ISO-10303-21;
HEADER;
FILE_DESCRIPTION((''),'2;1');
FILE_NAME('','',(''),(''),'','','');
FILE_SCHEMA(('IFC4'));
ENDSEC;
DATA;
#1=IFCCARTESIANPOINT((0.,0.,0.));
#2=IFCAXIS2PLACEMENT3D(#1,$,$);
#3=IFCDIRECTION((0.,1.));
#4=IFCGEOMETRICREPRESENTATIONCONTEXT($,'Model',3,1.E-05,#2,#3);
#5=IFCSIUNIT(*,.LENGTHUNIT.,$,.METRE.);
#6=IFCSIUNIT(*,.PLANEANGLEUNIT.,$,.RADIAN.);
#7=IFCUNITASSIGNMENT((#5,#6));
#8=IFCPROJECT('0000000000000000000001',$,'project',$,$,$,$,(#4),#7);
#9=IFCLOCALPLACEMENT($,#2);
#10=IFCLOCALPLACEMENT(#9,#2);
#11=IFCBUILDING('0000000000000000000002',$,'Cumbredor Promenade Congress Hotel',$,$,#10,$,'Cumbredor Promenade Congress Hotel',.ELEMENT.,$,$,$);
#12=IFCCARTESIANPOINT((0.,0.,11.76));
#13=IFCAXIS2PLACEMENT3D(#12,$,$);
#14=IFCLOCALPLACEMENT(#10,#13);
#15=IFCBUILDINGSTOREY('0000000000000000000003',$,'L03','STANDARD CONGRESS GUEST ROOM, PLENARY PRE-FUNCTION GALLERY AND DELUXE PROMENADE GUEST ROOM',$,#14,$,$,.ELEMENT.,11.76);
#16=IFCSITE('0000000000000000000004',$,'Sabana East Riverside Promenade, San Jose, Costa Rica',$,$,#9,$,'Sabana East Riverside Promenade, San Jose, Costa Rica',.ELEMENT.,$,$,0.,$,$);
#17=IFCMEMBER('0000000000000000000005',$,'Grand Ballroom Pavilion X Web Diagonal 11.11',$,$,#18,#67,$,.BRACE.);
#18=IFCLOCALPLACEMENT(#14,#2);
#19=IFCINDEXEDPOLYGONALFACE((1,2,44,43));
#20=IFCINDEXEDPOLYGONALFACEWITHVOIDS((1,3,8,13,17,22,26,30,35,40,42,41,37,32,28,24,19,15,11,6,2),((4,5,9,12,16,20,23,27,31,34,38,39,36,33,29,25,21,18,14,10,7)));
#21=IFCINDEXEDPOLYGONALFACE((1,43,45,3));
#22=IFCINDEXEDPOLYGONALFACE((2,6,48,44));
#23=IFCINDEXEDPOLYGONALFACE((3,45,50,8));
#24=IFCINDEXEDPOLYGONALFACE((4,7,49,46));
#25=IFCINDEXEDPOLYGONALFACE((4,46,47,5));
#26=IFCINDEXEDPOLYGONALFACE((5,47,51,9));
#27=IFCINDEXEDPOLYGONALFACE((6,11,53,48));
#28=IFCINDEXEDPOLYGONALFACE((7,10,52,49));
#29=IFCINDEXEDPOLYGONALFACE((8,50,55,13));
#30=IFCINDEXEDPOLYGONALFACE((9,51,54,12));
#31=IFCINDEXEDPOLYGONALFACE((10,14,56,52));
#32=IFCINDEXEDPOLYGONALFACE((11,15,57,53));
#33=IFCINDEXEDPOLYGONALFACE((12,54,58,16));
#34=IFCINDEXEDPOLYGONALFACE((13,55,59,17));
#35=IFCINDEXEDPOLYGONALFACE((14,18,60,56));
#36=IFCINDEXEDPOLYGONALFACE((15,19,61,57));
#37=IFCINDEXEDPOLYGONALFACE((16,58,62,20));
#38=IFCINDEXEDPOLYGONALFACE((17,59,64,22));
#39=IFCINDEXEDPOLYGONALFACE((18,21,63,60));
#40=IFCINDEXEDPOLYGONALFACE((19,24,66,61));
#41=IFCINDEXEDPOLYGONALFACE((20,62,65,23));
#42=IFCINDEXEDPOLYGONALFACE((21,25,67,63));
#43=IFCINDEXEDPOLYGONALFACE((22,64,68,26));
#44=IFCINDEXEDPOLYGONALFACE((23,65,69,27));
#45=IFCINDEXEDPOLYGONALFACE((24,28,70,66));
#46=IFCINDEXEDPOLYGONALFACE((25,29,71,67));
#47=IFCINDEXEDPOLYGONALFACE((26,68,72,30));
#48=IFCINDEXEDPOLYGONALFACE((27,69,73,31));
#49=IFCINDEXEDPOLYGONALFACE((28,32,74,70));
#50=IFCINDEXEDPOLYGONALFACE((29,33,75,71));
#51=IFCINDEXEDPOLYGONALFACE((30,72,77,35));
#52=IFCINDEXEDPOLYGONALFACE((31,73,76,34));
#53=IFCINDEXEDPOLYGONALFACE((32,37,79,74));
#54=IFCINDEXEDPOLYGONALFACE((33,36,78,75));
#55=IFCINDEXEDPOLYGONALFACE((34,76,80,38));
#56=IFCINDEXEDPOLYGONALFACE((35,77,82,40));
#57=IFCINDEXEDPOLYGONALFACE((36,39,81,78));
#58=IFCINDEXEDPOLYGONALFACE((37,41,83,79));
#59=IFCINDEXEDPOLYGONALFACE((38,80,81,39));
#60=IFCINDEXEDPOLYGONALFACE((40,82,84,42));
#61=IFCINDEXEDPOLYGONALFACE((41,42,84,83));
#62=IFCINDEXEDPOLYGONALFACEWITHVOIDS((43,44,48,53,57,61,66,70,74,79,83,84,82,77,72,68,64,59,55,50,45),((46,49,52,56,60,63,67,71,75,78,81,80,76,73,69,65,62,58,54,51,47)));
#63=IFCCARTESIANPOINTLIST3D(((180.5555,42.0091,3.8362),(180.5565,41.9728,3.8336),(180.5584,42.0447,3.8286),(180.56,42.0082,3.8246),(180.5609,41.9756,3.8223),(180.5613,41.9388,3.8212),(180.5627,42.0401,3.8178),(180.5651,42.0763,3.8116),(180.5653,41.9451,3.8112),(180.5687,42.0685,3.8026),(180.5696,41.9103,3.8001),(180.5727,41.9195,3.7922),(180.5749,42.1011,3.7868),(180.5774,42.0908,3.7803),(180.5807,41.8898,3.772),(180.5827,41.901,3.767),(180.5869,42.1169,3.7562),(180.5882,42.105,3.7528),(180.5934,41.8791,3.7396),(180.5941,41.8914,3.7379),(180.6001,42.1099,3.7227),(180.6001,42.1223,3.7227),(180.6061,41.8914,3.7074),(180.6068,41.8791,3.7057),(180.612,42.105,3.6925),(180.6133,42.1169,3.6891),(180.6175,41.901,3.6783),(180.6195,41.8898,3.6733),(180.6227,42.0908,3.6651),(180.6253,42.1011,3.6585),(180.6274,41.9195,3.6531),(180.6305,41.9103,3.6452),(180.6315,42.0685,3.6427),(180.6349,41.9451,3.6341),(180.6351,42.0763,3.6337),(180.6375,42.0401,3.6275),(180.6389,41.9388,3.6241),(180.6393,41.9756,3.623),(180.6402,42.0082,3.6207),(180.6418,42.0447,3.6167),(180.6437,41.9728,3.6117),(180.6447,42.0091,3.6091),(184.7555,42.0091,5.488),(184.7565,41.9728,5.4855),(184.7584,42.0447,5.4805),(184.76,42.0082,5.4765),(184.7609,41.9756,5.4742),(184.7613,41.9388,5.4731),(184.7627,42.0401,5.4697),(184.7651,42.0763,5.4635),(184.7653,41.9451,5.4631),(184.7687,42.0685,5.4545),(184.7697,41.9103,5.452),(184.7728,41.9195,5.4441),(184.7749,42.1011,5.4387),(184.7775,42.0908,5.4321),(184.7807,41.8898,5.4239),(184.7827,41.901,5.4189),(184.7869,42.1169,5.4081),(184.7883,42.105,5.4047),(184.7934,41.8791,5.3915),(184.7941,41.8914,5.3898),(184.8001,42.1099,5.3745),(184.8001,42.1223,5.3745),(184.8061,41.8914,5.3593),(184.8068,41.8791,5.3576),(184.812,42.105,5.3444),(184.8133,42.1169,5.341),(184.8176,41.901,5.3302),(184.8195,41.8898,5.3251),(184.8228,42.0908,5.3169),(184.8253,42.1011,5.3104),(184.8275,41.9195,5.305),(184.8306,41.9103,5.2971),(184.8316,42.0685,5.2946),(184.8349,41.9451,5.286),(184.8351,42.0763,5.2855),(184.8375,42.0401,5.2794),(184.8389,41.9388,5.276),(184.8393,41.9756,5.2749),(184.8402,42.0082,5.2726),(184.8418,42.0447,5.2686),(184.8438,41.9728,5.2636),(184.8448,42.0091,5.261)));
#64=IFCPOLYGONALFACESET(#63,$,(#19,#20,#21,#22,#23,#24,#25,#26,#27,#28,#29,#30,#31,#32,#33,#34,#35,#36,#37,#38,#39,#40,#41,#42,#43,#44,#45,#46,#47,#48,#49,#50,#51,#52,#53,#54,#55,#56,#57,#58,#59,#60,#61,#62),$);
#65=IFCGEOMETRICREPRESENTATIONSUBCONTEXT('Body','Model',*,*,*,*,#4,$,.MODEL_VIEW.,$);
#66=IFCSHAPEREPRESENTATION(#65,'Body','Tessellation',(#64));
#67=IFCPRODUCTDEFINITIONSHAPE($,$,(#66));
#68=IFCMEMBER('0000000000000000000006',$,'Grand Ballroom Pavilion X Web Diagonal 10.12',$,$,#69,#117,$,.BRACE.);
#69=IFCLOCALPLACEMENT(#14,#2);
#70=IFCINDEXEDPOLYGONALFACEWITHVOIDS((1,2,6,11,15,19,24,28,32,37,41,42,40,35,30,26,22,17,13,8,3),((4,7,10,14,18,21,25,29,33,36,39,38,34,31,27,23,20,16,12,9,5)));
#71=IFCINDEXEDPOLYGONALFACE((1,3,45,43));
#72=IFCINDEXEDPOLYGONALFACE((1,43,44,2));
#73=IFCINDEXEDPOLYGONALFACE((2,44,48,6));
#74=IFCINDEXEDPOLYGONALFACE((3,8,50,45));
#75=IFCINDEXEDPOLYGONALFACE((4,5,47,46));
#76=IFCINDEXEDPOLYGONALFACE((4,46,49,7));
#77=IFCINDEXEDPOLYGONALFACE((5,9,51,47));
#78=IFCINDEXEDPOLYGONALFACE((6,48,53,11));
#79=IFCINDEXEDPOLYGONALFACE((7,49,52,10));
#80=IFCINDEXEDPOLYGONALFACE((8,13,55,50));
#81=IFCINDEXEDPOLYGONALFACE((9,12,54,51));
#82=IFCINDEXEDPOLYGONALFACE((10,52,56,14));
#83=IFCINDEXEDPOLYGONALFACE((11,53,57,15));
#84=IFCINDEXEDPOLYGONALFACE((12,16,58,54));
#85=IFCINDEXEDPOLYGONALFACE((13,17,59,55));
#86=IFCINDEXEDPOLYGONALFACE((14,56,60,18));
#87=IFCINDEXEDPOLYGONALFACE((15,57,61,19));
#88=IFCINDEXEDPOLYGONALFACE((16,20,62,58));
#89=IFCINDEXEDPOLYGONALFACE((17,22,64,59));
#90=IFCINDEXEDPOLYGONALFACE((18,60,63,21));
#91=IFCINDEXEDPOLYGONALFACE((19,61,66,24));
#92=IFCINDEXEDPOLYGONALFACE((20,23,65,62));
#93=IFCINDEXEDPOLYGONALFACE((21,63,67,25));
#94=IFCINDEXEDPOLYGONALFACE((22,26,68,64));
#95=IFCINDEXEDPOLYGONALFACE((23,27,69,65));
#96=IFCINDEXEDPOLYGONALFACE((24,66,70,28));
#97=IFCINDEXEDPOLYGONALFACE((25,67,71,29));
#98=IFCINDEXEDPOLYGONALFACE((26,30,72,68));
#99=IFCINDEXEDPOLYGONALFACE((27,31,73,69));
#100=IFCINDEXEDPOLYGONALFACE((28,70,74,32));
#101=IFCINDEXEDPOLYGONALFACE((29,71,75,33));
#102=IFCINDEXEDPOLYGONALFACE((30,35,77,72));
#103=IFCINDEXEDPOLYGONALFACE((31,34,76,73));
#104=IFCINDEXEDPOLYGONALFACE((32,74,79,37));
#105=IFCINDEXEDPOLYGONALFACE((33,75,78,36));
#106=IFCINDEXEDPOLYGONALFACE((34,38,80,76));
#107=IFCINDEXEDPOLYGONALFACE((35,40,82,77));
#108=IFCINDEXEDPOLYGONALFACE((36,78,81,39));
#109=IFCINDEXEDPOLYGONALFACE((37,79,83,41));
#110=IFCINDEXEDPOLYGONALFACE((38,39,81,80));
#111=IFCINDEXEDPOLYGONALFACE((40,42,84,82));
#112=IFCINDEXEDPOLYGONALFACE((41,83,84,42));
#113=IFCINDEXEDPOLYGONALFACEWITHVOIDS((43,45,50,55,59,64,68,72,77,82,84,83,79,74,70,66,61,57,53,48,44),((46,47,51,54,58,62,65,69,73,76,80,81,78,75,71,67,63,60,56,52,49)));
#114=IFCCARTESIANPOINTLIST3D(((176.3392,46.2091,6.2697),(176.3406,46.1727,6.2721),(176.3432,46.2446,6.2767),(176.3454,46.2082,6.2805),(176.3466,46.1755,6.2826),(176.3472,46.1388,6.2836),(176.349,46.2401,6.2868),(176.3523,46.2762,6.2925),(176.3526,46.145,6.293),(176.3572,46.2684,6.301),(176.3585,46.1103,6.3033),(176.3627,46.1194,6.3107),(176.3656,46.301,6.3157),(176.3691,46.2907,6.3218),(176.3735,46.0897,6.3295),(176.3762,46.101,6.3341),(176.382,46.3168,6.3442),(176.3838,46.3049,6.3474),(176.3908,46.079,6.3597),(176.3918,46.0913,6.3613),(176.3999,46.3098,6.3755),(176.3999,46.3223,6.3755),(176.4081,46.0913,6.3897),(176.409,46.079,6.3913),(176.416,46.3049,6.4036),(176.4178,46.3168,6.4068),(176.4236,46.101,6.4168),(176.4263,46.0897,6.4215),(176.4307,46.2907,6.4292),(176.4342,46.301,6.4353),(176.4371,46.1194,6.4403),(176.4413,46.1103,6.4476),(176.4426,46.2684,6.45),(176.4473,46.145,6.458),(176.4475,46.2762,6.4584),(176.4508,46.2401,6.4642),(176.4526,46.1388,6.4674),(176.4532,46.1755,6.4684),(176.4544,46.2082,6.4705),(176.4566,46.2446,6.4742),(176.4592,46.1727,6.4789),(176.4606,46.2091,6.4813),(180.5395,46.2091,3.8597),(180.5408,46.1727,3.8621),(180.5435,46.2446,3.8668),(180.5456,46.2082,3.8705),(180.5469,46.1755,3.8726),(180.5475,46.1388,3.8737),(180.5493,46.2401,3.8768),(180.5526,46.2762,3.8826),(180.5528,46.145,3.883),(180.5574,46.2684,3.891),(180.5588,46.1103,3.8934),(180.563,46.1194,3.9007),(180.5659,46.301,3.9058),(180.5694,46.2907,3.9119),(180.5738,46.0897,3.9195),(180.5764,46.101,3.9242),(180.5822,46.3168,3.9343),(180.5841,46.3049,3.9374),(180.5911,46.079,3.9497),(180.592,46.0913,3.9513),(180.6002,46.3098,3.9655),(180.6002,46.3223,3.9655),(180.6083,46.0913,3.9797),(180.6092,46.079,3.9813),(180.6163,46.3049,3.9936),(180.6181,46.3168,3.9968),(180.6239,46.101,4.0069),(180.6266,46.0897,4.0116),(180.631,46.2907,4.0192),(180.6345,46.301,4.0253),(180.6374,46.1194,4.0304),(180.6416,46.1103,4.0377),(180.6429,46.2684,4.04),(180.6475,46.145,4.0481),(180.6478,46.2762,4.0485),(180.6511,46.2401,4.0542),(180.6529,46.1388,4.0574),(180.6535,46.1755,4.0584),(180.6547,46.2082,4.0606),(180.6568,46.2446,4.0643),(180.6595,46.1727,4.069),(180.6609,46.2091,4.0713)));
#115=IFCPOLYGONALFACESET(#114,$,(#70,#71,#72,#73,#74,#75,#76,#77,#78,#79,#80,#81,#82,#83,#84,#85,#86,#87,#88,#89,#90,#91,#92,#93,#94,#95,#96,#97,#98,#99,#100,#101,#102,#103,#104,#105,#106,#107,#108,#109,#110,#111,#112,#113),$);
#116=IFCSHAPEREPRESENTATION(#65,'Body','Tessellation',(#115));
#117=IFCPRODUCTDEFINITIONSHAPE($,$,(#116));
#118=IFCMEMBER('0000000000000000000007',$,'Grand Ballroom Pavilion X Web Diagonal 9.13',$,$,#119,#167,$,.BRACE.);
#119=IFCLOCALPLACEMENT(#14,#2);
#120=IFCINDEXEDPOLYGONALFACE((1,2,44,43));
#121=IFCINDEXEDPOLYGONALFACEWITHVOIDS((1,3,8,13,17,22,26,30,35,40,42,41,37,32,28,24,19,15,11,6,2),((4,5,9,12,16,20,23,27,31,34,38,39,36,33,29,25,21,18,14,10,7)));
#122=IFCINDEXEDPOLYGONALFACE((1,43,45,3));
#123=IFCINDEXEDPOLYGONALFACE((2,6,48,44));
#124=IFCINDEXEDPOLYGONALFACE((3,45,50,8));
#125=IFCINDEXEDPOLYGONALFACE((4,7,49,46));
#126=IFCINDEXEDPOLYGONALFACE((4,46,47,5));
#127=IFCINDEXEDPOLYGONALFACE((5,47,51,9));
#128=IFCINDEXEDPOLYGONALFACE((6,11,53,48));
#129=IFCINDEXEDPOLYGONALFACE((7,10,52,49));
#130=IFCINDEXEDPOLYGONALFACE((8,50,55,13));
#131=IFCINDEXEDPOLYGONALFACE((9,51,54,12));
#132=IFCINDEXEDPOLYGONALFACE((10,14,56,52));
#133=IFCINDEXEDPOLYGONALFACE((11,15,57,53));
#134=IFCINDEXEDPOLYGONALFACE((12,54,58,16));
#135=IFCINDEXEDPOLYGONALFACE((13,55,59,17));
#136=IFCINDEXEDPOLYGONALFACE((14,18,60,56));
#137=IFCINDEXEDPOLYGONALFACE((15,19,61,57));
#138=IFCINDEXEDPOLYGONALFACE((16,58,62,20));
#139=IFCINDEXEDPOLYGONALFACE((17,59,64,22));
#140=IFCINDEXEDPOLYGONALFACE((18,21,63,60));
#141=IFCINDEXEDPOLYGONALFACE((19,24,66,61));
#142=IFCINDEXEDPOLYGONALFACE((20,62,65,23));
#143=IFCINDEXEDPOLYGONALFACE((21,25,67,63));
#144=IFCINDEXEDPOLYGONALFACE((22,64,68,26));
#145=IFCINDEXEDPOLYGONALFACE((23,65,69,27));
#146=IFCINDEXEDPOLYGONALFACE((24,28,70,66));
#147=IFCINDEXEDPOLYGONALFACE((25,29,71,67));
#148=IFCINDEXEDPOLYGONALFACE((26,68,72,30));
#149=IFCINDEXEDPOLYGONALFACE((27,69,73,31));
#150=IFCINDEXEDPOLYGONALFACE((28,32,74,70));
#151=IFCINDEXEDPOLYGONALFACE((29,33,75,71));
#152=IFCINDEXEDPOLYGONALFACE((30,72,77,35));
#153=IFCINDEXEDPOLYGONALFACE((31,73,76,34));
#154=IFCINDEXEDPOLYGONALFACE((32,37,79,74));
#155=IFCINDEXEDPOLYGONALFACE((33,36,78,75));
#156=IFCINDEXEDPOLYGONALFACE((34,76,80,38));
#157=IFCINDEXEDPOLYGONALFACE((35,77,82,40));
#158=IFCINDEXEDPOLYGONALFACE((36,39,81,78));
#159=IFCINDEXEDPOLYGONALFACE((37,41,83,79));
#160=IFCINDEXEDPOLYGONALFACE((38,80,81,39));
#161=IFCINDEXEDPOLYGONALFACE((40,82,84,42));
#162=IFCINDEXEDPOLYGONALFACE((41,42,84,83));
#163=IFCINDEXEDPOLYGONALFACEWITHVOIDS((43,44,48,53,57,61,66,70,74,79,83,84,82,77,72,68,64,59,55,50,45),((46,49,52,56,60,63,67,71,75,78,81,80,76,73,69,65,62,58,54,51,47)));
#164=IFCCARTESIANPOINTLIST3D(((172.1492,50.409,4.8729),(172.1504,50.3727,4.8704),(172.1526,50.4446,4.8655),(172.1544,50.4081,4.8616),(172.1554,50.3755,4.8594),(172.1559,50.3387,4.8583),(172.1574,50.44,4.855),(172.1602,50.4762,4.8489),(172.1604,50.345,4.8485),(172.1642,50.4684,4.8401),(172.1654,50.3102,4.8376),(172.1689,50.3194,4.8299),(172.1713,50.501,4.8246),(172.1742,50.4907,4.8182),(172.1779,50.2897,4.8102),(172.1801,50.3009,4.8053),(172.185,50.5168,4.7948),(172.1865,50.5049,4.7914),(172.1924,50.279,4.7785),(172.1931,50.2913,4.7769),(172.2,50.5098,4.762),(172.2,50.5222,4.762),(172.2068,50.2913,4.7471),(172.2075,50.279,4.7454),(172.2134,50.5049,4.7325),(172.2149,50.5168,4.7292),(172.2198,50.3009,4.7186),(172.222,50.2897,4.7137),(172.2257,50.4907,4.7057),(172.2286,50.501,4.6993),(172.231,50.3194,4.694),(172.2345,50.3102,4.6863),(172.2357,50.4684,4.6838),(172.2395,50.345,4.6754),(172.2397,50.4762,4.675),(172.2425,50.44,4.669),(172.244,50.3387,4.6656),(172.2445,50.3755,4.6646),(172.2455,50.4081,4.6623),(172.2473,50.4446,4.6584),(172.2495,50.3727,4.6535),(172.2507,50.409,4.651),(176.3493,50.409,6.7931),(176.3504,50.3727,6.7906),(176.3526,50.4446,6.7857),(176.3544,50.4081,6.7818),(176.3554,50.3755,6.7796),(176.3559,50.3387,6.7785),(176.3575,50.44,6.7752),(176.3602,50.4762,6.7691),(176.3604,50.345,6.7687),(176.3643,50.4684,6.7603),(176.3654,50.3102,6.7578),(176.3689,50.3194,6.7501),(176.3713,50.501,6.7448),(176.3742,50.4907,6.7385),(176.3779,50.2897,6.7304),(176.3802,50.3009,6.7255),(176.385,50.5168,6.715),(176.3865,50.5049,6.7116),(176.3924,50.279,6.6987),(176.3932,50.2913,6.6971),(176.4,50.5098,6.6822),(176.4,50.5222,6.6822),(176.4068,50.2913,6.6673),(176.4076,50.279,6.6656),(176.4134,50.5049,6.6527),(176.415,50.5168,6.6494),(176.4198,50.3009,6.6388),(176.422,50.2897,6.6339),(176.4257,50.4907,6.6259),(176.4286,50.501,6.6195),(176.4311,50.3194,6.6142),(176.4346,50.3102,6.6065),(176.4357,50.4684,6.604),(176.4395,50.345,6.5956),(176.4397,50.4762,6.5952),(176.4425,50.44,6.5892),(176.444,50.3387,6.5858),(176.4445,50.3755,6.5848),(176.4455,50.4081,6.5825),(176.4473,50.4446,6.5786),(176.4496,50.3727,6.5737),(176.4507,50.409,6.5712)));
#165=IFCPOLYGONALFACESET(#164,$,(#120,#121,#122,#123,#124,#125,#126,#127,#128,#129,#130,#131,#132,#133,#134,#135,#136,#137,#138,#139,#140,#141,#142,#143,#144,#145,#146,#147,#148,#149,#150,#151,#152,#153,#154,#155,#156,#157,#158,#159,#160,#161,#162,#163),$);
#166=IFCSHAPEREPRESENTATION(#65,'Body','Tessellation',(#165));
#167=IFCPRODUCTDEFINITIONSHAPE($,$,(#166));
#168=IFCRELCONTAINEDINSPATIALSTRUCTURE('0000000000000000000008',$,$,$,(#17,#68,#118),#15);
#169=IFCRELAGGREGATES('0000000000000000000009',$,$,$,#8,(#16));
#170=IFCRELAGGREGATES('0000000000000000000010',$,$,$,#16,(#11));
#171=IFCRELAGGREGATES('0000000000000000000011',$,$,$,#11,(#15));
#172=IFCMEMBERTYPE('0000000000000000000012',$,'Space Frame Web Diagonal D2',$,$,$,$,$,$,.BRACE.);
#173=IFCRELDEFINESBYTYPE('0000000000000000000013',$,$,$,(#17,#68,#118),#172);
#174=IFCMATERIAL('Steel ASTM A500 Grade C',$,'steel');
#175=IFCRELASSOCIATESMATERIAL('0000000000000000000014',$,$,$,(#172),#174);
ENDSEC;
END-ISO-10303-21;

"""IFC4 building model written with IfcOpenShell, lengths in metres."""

from ifc_helpers import new_model, si_unit, direction, frame, origin, origin_2d, place, context, subcontext, project, spatial, hollow_circle, extrude, material, material_profile, profile_set, type_object, element, save


model = new_model("IFC4")

# Units and contexts
model_context = context("Model", 3, precision=1e-05, world=origin(), true_north=direction((0.0, 1.0)))
body_context = subcontext(model_context, "Body", "Model", "MODEL_VIEW")
ifc_project = project(units=[si_unit("LENGTHUNIT", "METRE"), si_unit("PLANEANGLEUNIT", "RADIAN")], contexts=[model_context])

# Site, building, storey
site_placement = place(None, origin())
site = spatial("IfcSite", under=ifc_project, at=site_placement, Name="Sabana East Riverside Promenade, San Jose, Costa Rica", LongName="Sabana East Riverside Promenade, San Jose, Costa Rica", CompositionType="ELEMENT", RefElevation=0.0)
building_placement = place(site_placement, origin())
building = spatial("IfcBuilding", under=site, at=building_placement, Name="Cumbredor Promenade Congress Hotel", LongName="Cumbredor Promenade Congress Hotel", CompositionType="ELEMENT")
storey_placement = place(building_placement, frame((0.0, 0.0, 11.76)))
storey = spatial("IfcBuildingStorey", under=building, at=storey_placement, Name="L03", Description="STANDARD CONGRESS GUEST ROOM, PLENARY PRE-FUNCTION GALLERY AND DELUXE PROMENADE GUEST ROOM", CompositionType="ELEMENT", Elevation=11.76)

# Members
ifc_material_1 = material(Name="Steel ASTM A500 Grade C", Category="steel")
ifc_material_profile_1 = material_profile(ifc_material_1, hollow_circle(Radius=0.1223, WallThickness=0.0125, at=origin_2d()), Name="CHS 244.5x12.5")
ifc_profile_set_1 = profile_set([ifc_material_profile_1], Name="Steel ASTM A500 Grade C")
member_type_1 = type_object("IfcMemberType", Name="Space Frame Web Diagonal D2", PredefinedType="BRACE", material=ifc_profile_set_1)
member_1_placement = place(storey_placement, frame((180.6001, 42.0, 3.7227), z_axis=(0.93061, 0.0, 0.366012), x_axis=(0.0, 1.0, 0.0)))
element("IfcMember", 1, at=member_1_placement, inside=storey, type_object=member_type_1, Name="Grand Ballroom Pavilion X Web Diagonal 11.11", PredefinedType="BRACE", context=body_context, shape_type="SweptSolid", body=[
    extrude(hollow_circle(Radius=0.1223, WallThickness=0.0125, at=origin_2d()), origin(), (0.0, 0.0, 1.0), 4.5132),
])
member_2_placement = place(storey_placement, frame((176.3999, 46.2, 6.3755), z_axis=(0.86737, 0.0, -0.497664), x_axis=(0.0, 1.0, 0.0)))
element("IfcMember", 2, at=member_2_placement, inside=storey, type_object=member_type_1, Name="Grand Ballroom Pavilion X Web Diagonal 10.12", PredefinedType="BRACE", context=body_context, shape_type="SweptSolid", body=[
    extrude(hollow_circle(Radius=0.1223, WallThickness=0.0125, at=origin_2d()), origin(), (0.0, 0.0, 1.0), 4.8425),
])
member_3_placement = place(storey_placement, frame((172.2, 50.3999, 4.762), z_axis=(0.909459, 0.0, 0.415793), x_axis=(0.0, 1.0, 0.0)))
element("IfcMember", 3, at=member_3_placement, inside=storey, type_object=member_type_1, Name="Grand Ballroom Pavilion X Web Diagonal 9.13", PredefinedType="BRACE", context=body_context, shape_type="SweptSolid", body=[
    extrude(hollow_circle(Radius=0.1223, WallThickness=0.0125, at=origin_2d()), origin(), (0.0, 0.0, 1.0), 4.6182),
])

save(model, "model.ifc")
